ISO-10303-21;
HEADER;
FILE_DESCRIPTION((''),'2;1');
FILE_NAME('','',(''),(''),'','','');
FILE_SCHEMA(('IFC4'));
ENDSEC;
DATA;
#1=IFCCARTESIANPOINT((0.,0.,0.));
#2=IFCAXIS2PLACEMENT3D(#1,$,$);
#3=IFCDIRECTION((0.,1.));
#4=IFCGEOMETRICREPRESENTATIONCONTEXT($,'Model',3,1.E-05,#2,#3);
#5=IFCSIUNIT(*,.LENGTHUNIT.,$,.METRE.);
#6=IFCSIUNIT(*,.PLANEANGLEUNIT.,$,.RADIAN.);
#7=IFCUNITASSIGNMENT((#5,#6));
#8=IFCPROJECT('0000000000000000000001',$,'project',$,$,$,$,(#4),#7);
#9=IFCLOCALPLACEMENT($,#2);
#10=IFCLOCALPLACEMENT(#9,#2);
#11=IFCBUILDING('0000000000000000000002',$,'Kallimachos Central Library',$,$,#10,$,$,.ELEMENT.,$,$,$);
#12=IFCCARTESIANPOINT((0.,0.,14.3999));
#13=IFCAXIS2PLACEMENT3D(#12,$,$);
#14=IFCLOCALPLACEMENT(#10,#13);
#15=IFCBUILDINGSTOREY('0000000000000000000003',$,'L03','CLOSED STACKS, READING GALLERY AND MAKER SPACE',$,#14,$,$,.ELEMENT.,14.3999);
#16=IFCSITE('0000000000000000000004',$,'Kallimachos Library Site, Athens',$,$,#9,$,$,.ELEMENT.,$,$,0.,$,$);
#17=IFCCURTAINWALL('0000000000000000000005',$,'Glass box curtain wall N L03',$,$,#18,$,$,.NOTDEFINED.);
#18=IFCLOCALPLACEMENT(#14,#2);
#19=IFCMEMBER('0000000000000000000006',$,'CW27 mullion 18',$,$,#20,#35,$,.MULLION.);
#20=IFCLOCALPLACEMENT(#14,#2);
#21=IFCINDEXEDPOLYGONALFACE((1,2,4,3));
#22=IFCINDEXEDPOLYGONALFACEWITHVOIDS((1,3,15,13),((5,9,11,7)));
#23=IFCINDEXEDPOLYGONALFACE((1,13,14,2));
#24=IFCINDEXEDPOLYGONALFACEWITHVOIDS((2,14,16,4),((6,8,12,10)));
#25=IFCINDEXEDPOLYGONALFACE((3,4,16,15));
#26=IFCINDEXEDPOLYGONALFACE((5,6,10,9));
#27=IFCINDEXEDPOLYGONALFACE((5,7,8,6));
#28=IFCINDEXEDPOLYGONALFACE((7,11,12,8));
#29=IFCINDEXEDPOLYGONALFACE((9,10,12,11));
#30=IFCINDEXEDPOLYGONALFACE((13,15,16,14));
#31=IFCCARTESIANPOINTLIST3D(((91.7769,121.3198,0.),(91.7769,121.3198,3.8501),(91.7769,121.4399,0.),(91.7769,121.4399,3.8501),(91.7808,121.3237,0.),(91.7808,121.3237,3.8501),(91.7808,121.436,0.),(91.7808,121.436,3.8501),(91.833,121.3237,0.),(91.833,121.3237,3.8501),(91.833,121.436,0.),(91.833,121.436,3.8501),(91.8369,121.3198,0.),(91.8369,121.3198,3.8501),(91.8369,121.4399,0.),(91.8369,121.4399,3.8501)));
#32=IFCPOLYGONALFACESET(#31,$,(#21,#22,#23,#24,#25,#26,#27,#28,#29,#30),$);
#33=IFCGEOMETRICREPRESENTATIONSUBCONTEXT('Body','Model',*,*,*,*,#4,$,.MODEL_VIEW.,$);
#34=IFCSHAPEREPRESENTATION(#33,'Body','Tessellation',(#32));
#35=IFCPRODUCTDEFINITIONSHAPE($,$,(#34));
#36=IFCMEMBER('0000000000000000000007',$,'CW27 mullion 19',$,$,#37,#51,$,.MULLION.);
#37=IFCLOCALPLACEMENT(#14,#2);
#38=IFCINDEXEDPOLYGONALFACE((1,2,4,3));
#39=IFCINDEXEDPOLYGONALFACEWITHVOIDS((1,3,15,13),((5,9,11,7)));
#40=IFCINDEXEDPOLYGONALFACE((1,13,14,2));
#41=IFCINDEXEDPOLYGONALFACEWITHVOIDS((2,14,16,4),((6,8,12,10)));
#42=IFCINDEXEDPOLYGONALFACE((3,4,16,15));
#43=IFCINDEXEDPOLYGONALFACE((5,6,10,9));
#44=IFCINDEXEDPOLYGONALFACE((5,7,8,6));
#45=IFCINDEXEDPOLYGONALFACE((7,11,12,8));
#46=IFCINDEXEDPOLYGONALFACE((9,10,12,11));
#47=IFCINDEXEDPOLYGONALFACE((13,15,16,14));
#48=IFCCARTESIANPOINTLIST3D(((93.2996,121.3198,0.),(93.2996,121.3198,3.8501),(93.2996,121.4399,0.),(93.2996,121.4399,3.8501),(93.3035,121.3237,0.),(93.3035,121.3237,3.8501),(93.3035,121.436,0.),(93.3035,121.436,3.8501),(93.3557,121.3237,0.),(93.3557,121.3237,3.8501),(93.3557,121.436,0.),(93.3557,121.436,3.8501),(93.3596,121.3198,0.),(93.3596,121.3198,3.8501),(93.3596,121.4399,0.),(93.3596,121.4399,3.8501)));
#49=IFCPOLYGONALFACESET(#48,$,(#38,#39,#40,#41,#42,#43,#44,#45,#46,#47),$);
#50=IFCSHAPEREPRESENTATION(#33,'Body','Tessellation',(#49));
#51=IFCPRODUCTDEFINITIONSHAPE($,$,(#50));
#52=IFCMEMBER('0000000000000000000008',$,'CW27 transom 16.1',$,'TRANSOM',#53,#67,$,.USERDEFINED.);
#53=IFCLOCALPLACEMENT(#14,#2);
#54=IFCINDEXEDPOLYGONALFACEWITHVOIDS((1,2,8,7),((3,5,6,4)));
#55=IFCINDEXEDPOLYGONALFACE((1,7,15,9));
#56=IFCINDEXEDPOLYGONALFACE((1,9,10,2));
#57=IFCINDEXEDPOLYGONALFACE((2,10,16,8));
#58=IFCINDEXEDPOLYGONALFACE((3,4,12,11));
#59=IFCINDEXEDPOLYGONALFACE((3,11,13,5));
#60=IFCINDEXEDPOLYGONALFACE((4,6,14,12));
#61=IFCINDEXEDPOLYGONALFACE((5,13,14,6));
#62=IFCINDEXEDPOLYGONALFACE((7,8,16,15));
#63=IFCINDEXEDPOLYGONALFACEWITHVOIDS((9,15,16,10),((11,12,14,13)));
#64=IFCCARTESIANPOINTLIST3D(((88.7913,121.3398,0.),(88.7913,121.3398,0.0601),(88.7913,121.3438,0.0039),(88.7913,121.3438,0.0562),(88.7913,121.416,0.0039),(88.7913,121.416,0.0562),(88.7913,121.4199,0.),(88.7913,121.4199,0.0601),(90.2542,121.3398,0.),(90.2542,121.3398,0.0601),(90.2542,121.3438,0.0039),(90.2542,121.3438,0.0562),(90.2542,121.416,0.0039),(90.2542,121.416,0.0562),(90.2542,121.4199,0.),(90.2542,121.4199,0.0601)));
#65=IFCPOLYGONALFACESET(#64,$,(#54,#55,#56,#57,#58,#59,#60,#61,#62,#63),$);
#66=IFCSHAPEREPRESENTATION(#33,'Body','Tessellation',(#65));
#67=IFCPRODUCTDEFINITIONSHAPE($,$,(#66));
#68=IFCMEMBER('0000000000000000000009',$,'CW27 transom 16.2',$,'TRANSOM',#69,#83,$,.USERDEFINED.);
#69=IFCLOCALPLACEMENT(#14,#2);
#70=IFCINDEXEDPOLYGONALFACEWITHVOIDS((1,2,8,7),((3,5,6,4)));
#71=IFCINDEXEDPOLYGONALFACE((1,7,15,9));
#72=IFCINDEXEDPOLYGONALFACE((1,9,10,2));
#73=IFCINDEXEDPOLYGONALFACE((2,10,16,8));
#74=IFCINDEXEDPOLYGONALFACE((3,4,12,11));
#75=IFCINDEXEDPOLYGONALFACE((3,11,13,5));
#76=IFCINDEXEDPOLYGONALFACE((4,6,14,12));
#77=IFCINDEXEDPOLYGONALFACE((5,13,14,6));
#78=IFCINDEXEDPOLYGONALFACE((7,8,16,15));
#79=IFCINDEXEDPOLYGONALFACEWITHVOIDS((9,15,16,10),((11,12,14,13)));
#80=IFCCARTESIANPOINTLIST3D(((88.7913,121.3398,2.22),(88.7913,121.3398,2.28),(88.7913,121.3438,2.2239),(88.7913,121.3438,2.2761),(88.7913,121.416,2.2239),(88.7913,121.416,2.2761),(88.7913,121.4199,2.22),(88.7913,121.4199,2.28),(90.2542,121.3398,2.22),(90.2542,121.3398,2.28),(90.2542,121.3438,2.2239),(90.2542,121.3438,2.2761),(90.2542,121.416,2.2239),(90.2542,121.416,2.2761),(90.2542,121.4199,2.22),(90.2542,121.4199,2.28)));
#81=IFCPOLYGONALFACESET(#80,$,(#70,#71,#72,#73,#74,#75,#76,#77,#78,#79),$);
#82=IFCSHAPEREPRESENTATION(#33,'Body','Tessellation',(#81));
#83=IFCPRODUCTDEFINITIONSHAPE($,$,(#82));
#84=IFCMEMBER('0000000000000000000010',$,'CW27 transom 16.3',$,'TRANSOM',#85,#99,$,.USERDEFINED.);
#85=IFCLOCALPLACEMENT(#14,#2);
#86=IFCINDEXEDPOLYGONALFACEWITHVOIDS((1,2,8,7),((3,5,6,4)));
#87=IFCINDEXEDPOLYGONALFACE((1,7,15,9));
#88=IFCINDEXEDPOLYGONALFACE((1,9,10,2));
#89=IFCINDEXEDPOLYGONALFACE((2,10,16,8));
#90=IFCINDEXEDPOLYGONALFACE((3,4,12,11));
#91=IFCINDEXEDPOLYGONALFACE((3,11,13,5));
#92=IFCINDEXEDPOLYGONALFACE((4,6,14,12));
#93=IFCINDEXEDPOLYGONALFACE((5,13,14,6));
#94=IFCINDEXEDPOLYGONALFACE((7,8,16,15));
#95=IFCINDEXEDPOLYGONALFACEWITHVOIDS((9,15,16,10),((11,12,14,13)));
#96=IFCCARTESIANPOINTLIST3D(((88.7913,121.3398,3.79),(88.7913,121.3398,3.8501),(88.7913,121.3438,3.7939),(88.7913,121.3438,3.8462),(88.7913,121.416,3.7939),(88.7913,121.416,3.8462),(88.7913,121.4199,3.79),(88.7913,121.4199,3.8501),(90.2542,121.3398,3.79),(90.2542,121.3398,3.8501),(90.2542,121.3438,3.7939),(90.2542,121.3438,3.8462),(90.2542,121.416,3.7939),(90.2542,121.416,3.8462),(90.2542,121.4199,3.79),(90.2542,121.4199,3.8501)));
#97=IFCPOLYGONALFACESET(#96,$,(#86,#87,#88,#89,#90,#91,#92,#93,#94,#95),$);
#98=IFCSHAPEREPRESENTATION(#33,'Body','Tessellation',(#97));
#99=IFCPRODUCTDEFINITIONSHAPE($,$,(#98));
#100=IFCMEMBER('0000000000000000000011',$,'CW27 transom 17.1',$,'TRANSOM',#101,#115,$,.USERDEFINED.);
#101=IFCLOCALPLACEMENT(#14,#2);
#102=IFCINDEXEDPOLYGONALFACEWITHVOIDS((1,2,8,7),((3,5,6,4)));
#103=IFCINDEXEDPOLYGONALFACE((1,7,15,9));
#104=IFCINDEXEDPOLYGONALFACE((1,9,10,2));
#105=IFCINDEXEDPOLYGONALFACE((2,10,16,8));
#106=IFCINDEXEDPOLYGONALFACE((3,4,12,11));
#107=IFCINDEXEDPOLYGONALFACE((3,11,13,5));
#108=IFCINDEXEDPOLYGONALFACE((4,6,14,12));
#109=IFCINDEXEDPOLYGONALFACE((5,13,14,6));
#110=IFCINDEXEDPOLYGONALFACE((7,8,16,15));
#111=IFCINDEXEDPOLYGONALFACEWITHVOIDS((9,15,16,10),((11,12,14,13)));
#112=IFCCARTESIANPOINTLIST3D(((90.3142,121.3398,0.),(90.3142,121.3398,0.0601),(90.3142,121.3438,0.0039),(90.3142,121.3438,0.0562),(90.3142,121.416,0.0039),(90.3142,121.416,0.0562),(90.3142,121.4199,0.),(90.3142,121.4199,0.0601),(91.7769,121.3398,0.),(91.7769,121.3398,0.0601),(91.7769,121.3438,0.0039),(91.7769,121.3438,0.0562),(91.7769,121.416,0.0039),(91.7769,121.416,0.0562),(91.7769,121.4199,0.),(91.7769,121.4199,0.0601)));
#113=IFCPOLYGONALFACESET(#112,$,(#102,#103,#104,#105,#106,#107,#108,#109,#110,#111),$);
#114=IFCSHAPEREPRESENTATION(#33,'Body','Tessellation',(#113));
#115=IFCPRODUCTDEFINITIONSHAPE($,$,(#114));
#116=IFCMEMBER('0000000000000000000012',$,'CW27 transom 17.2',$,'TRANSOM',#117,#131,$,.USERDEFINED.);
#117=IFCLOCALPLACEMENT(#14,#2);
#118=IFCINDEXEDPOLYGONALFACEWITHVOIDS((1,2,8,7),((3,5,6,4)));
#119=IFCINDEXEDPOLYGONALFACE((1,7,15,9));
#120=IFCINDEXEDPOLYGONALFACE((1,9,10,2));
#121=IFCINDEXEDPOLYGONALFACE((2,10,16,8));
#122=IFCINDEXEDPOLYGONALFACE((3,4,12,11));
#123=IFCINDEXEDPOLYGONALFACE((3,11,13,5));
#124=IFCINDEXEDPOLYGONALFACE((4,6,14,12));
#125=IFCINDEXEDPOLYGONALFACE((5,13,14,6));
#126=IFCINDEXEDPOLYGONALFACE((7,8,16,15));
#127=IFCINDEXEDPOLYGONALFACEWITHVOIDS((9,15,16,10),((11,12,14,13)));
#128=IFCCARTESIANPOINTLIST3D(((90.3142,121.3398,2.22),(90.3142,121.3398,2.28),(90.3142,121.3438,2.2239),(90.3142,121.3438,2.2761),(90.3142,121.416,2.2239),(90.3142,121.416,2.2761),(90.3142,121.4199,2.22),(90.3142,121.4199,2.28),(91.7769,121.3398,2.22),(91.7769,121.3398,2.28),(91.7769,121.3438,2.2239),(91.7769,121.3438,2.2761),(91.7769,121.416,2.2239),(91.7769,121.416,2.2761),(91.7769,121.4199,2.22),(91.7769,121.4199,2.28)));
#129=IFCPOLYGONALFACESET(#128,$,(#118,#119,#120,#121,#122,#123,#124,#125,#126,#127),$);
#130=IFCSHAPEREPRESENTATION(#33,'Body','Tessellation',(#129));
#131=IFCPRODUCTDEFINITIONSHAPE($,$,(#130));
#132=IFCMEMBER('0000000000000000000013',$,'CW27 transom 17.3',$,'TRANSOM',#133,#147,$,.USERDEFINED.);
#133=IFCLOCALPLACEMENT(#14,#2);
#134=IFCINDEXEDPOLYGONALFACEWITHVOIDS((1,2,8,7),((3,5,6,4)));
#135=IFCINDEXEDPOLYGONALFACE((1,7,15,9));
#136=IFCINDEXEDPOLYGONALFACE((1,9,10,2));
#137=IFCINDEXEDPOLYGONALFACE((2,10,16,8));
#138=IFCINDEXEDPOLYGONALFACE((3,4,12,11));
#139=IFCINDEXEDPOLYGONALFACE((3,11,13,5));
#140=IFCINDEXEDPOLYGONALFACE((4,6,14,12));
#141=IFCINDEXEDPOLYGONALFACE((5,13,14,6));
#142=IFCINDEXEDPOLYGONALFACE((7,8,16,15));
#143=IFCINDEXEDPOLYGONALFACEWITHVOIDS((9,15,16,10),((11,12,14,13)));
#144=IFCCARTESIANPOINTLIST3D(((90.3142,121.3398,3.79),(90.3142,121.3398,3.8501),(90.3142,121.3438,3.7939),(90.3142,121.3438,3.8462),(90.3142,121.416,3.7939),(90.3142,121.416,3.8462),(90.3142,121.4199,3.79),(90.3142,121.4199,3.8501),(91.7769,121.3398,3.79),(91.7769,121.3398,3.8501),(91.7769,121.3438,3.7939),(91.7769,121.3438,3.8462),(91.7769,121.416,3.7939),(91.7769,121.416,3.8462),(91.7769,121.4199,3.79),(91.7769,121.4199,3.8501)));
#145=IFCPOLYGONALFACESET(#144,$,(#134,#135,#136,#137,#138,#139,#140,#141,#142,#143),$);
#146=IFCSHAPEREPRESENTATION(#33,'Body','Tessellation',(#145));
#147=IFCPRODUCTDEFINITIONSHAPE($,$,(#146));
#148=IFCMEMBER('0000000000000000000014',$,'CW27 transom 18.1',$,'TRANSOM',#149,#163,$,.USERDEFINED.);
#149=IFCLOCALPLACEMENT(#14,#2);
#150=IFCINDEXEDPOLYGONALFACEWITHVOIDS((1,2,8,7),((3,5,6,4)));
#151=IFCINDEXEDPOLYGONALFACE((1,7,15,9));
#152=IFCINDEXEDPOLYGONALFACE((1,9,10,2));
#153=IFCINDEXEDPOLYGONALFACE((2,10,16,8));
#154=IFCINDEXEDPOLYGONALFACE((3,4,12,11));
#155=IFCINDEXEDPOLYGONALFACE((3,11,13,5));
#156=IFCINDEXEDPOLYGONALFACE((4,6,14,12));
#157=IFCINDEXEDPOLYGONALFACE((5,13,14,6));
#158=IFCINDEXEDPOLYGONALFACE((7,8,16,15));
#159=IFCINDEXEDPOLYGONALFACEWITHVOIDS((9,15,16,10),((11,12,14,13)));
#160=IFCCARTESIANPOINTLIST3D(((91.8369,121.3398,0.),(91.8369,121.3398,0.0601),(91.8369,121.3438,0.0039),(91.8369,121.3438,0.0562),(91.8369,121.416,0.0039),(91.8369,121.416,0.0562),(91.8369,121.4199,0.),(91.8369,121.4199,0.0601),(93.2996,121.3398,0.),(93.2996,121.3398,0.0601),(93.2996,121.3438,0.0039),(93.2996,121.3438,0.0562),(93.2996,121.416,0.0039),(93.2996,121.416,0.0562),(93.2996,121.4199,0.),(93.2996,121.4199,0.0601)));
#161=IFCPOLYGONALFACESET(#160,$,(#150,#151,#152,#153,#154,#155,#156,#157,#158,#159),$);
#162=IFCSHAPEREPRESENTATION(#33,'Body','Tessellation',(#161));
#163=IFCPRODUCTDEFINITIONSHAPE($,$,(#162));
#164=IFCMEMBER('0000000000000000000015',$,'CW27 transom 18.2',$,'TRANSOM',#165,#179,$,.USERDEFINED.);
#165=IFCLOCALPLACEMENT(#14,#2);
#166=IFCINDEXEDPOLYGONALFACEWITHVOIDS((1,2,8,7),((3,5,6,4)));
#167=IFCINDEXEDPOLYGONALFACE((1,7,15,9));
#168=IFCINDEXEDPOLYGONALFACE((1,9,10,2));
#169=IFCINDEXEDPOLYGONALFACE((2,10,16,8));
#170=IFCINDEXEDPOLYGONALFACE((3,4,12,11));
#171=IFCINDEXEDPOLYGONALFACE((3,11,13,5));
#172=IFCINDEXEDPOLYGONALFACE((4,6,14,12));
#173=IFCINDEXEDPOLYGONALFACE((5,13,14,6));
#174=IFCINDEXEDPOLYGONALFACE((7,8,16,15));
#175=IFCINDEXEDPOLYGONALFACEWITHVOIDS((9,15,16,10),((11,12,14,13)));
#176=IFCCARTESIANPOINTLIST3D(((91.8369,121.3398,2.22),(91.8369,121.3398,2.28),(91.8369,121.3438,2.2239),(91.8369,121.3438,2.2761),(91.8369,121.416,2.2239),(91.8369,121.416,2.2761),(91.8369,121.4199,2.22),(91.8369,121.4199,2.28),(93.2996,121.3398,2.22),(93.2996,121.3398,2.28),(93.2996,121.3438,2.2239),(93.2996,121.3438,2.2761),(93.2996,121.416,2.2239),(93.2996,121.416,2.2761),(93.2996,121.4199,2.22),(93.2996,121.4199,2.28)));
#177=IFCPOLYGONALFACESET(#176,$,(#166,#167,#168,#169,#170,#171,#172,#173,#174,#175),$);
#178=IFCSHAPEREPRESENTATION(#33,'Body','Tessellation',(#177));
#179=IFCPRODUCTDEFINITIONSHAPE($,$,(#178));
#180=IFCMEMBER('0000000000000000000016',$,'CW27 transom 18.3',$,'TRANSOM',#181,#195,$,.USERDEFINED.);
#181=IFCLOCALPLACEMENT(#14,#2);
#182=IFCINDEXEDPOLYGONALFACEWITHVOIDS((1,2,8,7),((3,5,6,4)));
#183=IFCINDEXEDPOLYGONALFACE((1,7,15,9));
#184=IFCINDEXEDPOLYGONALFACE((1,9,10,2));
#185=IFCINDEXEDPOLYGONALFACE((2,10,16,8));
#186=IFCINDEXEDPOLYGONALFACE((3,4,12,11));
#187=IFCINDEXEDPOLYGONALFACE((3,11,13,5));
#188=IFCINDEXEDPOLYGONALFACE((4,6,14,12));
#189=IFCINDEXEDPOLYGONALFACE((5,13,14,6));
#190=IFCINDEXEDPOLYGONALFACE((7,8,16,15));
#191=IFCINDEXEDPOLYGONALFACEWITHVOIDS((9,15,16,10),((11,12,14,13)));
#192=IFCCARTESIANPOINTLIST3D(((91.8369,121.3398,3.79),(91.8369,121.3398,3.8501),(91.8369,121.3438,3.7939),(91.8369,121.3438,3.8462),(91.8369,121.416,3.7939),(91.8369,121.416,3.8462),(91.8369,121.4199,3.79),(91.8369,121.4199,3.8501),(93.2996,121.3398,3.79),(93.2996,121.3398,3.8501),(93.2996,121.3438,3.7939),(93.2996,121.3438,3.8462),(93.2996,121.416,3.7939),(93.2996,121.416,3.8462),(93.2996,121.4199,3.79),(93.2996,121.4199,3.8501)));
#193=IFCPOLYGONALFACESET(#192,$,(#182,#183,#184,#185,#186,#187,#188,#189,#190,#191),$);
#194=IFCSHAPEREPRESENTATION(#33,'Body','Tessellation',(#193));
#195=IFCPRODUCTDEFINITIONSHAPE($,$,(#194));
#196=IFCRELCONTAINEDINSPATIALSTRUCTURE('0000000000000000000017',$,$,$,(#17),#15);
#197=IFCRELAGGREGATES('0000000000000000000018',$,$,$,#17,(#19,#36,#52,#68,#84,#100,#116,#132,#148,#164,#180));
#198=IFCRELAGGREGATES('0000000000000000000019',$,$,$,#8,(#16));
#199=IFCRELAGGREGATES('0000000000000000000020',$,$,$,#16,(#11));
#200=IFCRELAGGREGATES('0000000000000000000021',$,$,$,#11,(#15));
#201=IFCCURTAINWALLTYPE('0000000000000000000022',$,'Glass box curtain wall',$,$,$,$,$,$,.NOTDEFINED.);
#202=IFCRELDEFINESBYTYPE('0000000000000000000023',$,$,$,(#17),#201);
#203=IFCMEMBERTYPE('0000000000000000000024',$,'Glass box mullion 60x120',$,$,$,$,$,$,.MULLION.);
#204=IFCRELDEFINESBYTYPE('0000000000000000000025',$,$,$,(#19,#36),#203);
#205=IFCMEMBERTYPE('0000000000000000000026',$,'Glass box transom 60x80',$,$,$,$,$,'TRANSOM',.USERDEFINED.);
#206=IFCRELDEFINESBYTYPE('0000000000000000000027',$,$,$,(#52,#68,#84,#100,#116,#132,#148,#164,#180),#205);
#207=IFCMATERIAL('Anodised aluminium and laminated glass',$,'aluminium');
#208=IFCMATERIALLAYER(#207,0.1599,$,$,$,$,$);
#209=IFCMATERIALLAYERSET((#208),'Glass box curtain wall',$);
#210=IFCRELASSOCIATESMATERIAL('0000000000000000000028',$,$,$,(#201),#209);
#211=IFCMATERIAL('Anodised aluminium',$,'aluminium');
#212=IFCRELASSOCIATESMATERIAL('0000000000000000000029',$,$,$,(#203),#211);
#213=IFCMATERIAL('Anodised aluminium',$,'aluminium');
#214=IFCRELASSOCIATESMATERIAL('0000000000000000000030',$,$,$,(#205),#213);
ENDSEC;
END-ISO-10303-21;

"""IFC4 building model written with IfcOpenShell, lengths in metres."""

from ifc_helpers import new_model, si_unit, direction, frame, origin, origin_2d, place, context, subcontext, project, spatial, hollow_rectangle, extrude, material, layer, layer_set, material_profile, profile_set, type_object, element, aggregate, save


model = new_model("IFC4")

# Units and contexts
model_context = context("Model", 3, precision=1e-05, world=origin(), true_north=direction((0.0, 1.0)))
body_context = subcontext(model_context, "Body", "Model", "MODEL_VIEW")
ifc_project = project(units=[si_unit("LENGTHUNIT", "METRE"), si_unit("PLANEANGLEUNIT", "RADIAN")], contexts=[model_context])

# Site, building, storey
site_placement = place(None, origin())
site = spatial("IfcSite", under=ifc_project, at=site_placement, Name="Kallimachos Library Site, Athens", CompositionType="ELEMENT", RefElevation=0.0)
building_placement = place(site_placement, origin())
building = spatial("IfcBuilding", under=site, at=building_placement, Name="Kallimachos Central Library", CompositionType="ELEMENT")
storey_placement = place(building_placement, frame((0.0, 0.0, 14.3999)))
storey = spatial("IfcBuildingStorey", under=building, at=storey_placement, Name="L03", Description="CLOSED STACKS, READING GALLERY AND MAKER SPACE", CompositionType="ELEMENT", Elevation=14.3999)

# Curtain wall, members
ifc_material_1 = material(Name="Anodised aluminium and laminated glass", Category="aluminium")
ifc_layer_1 = layer(ifc_material_1, 0.1599)
ifc_layer_set_1 = layer_set([ifc_layer_1], Name="Glass box curtain wall")
curtain_wall_type = type_object("IfcCurtainWallType", Name="Glass box curtain wall", PredefinedType="NOTDEFINED", material=ifc_layer_set_1)
curtain_wall_placement = place(storey_placement, origin())
curtain_wall = element("IfcCurtainWall", 1, at=curtain_wall_placement, inside=storey, type_object=curtain_wall_type, Name="Glass box curtain wall N L03", PredefinedType="NOTDEFINED")
ifc_material_2 = material(Name="Anodised aluminium", Category="aluminium")
ifc_material_profile_1 = material_profile(ifc_material_2, hollow_rectangle(XDim=0.0601, YDim=0.1201, WallThickness=0.0039, at=origin_2d()), Name="ALU MULLION 60x120")
ifc_profile_set_1 = profile_set([ifc_material_profile_1], Name="Anodised aluminium")
member_type_1 = type_object("IfcMemberType", Name="Glass box mullion 60x120", PredefinedType="MULLION", material=ifc_profile_set_1)
member_1_placement = place(storey_placement, frame((91.8069, 121.3799, 0.0), z_axis=(0.0, 0.0, 1.0), x_axis=(1.0, 0.0, 0.0)))
member_1 = element("IfcMember", 2, at=member_1_placement, type_object=member_type_1, Name="CW27 mullion 18", PredefinedType="MULLION", context=body_context, shape_type="SweptSolid", body=[
    extrude(hollow_rectangle(XDim=0.0601, YDim=0.1201, WallThickness=0.0039, at=origin_2d()), origin(), (0.0, 0.0, 1.0), 3.8501),
])
member_2_placement = place(storey_placement, frame((93.3296, 121.3799, 0.0), z_axis=(0.0, 0.0, 1.0), x_axis=(1.0, 0.0, 0.0)))
member_2 = element("IfcMember", 3, at=member_2_placement, type_object=member_type_1, Name="CW27 mullion 19", PredefinedType="MULLION", context=body_context, shape_type="SweptSolid", body=[
    extrude(hollow_rectangle(XDim=0.0601, YDim=0.1201, WallThickness=0.0039, at=origin_2d()), origin(), (0.0, 0.0, 1.0), 3.8501),
])
ifc_material_3 = material(Name="Anodised aluminium", Category="aluminium")
ifc_material_profile_2 = material_profile(ifc_material_3, hollow_rectangle(XDim=0.0601, YDim=0.0801, WallThickness=0.0039, at=origin_2d()), Name="ALU TRANSOM 60x80")
ifc_profile_set_2 = profile_set([ifc_material_profile_2], Name="Anodised aluminium")
member_type_2 = type_object("IfcMemberType", Name="Glass box transom 60x80", ElementType="TRANSOM", PredefinedType="USERDEFINED", material=ifc_profile_set_2)
member_3_placement = place(storey_placement, frame((88.7913, 121.3799, 0.03), z_axis=(1.0, 0.0, 0.0), x_axis=(0.0, 0.0, 1.0)))
member_3 = element("IfcMember", 4, at=member_3_placement, type_object=member_type_2, Name="CW27 transom 16.1", ObjectType="TRANSOM", PredefinedType="USERDEFINED", context=body_context, shape_type="SweptSolid", body=[
    extrude(hollow_rectangle(XDim=0.0601, YDim=0.0801, WallThickness=0.0039, at=origin_2d()), origin(), (0.0, 0.0, 1.0), 1.4629),
])
member_4_placement = place(storey_placement, frame((88.7913, 121.3799, 2.25), z_axis=(1.0, 0.0, 0.0), x_axis=(0.0, 0.0, 1.0)))
member_4 = element("IfcMember", 5, at=member_4_placement, type_object=member_type_2, Name="CW27 transom 16.2", ObjectType="TRANSOM", PredefinedType="USERDEFINED", context=body_context, shape_type="SweptSolid", body=[
    extrude(hollow_rectangle(XDim=0.0601, YDim=0.0801, WallThickness=0.0039, at=origin_2d()), origin(), (0.0, 0.0, 1.0), 1.4629),
])
member_5_placement = place(storey_placement, frame((88.7913, 121.3799, 3.8201), z_axis=(1.0, 0.0, 0.0), x_axis=(0.0, 0.0, 1.0)))
member_5 = element("IfcMember", 6, at=member_5_placement, type_object=member_type_2, Name="CW27 transom 16.3", ObjectType="TRANSOM", PredefinedType="USERDEFINED", context=body_context, shape_type="SweptSolid", body=[
    extrude(hollow_rectangle(XDim=0.0601, YDim=0.0801, WallThickness=0.0039, at=origin_2d()), origin(), (0.0, 0.0, 1.0), 1.4629),
])
member_6_placement = place(storey_placement, frame((90.3142, 121.3799, 0.03), z_axis=(1.0, 0.0, 0.0), x_axis=(0.0, 0.0, 1.0)))
member_6 = element("IfcMember", 7, at=member_6_placement, type_object=member_type_2, Name="CW27 transom 17.1", ObjectType="TRANSOM", PredefinedType="USERDEFINED", context=body_context, shape_type="SweptSolid", body=[
    extrude(hollow_rectangle(XDim=0.0601, YDim=0.0801, WallThickness=0.0039, at=origin_2d()), origin(), (0.0, 0.0, 1.0), 1.4626),
])
member_7_placement = place(storey_placement, frame((90.3142, 121.3799, 2.25), z_axis=(1.0, 0.0, 0.0), x_axis=(0.0, 0.0, 1.0)))
member_7 = element("IfcMember", 8, at=member_7_placement, type_object=member_type_2, Name="CW27 transom 17.2", ObjectType="TRANSOM", PredefinedType="USERDEFINED", context=body_context, shape_type="SweptSolid", body=[
    extrude(hollow_rectangle(XDim=0.0601, YDim=0.0801, WallThickness=0.0039, at=origin_2d()), origin(), (0.0, 0.0, 1.0), 1.4626),
])
member_8_placement = place(storey_placement, frame((90.3142, 121.3799, 3.8201), z_axis=(1.0, 0.0, 0.0), x_axis=(0.0, 0.0, 1.0)))
member_8 = element("IfcMember", 9, at=member_8_placement, type_object=member_type_2, Name="CW27 transom 17.3", ObjectType="TRANSOM", PredefinedType="USERDEFINED", context=body_context, shape_type="SweptSolid", body=[
    extrude(hollow_rectangle(XDim=0.0601, YDim=0.0801, WallThickness=0.0039, at=origin_2d()), origin(), (0.0, 0.0, 1.0), 1.4626),
])
member_9_placement = place(storey_placement, frame((91.8369, 121.3799, 0.03), z_axis=(1.0, 0.0, 0.0), x_axis=(0.0, 0.0, 1.0)))
member_9 = element("IfcMember", 10, at=member_9_placement, type_object=member_type_2, Name="CW27 transom 18.1", ObjectType="TRANSOM", PredefinedType="USERDEFINED", context=body_context, shape_type="SweptSolid", body=[
    extrude(hollow_rectangle(XDim=0.0601, YDim=0.0801, WallThickness=0.0039, at=origin_2d()), origin(), (0.0, 0.0, 1.0), 1.4626),
])
member_10_placement = place(storey_placement, frame((91.8369, 121.3799, 2.25), z_axis=(1.0, 0.0, 0.0), x_axis=(0.0, 0.0, 1.0)))
member_10 = element("IfcMember", 11, at=member_10_placement, type_object=member_type_2, Name="CW27 transom 18.2", ObjectType="TRANSOM", PredefinedType="USERDEFINED", context=body_context, shape_type="SweptSolid", body=[
    extrude(hollow_rectangle(XDim=0.0601, YDim=0.0801, WallThickness=0.0039, at=origin_2d()), origin(), (0.0, 0.0, 1.0), 1.4626),
])
member_11_placement = place(storey_placement, frame((91.8369, 121.3799, 3.8201), z_axis=(1.0, 0.0, 0.0), x_axis=(0.0, 0.0, 1.0)))
member_11 = element("IfcMember", 12, at=member_11_placement, type_object=member_type_2, Name="CW27 transom 18.3", ObjectType="TRANSOM", PredefinedType="USERDEFINED", context=body_context, shape_type="SweptSolid", body=[
    extrude(hollow_rectangle(XDim=0.0601, YDim=0.0801, WallThickness=0.0039, at=origin_2d()), origin(), (0.0, 0.0, 1.0), 1.4626),
])

aggregate(curtain_wall, [member_1, member_2, member_3, member_4, member_5, member_6, member_7, member_8, member_9, member_10, member_11])

save(model, "model.ifc")
